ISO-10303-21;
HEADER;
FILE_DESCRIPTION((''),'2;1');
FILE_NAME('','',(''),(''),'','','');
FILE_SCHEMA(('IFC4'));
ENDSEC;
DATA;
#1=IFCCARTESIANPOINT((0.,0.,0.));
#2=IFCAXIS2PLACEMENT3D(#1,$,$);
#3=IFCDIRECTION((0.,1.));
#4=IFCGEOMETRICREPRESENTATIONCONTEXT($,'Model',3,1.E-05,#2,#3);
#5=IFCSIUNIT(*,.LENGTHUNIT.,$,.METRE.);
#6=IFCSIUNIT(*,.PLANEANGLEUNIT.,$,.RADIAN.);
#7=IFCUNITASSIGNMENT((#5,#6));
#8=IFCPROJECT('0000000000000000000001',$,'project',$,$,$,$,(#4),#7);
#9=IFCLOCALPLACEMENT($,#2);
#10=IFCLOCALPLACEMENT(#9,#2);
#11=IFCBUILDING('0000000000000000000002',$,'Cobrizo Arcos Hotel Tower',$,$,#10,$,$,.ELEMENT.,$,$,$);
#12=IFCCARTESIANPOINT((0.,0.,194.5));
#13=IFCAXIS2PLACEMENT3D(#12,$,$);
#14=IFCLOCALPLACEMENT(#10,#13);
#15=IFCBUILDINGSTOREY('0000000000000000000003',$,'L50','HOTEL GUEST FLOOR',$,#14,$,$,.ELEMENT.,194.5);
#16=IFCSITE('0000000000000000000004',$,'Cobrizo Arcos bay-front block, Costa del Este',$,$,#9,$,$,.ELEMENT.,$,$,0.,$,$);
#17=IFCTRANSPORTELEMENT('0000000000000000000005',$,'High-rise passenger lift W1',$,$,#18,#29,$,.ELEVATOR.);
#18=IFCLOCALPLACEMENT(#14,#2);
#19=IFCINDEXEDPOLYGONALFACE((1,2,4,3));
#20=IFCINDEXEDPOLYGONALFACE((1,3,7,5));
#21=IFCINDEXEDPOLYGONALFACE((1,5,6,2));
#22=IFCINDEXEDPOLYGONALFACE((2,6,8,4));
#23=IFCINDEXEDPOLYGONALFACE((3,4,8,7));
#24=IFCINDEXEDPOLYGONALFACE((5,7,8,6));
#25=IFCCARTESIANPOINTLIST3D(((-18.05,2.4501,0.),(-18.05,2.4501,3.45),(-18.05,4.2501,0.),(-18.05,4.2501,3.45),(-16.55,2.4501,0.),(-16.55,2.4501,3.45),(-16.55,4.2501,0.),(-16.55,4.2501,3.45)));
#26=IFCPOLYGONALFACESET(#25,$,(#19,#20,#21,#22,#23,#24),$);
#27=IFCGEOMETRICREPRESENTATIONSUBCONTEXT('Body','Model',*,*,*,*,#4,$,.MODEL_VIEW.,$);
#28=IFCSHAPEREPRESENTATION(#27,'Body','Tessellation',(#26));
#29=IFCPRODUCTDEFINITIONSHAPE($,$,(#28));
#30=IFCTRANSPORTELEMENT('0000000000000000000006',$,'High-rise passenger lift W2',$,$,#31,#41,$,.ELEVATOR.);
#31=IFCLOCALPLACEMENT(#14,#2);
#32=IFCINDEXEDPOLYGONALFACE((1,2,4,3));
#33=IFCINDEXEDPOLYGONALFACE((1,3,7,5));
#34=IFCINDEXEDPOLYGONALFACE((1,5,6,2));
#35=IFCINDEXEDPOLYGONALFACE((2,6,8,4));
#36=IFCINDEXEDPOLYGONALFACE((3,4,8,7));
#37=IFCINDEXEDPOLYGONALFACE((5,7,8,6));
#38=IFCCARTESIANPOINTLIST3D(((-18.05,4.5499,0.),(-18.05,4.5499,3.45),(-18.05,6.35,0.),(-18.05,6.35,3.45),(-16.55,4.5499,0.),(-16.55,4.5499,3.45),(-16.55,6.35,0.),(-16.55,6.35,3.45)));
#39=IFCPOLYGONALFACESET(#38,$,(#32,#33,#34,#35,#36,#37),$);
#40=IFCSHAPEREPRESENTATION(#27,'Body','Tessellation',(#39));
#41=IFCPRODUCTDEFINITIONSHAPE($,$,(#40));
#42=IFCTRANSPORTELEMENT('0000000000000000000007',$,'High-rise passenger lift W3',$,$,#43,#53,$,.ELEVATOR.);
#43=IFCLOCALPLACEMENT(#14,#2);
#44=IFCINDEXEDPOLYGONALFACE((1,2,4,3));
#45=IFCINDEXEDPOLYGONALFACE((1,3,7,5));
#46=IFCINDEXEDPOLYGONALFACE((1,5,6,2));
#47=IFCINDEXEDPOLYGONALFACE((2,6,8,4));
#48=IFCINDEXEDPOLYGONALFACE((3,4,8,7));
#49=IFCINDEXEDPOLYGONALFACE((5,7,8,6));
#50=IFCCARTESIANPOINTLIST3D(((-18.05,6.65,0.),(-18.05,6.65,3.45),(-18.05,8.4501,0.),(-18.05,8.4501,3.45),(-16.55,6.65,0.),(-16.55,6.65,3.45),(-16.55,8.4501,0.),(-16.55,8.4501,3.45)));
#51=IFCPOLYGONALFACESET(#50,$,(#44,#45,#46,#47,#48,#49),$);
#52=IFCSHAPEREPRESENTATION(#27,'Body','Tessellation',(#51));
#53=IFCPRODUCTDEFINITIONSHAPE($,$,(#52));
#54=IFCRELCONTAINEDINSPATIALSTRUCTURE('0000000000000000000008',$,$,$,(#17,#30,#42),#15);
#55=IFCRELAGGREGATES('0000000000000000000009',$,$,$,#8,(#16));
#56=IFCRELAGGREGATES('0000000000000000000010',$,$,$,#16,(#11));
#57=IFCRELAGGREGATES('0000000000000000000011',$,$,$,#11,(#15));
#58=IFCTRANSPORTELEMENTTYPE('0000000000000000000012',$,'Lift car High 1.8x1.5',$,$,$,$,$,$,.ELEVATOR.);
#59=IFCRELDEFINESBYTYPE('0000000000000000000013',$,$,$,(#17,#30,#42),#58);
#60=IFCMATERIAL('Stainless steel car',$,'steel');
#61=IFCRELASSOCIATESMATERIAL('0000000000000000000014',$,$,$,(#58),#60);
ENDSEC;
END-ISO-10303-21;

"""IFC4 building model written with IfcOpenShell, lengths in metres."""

from ifc_helpers import new_model, si_unit, direction, frame, origin, origin_2d, place, context, subcontext, project, spatial, rectangle, extrude, material, type_object, element, save


model = new_model("IFC4")

# Units and contexts
model_context = context("Model", 3, precision=1e-05, world=origin(), true_north=direction((0.0, 1.0)))
body_context = subcontext(model_context, "Body", "Model", "MODEL_VIEW")
ifc_project = project(units=[si_unit("LENGTHUNIT", "METRE"), si_unit("PLANEANGLEUNIT", "RADIAN")], contexts=[model_context])

# Site, building, storey
site_placement = place(None, origin())
site = spatial("IfcSite", under=ifc_project, at=site_placement, Name="Cobrizo Arcos bay-front block, Costa del Este", CompositionType="ELEMENT", RefElevation=0.0)
building_placement = place(site_placement, origin())
building = spatial("IfcBuilding", under=site, at=building_placement, Name="Cobrizo Arcos Hotel Tower", CompositionType="ELEMENT")
storey_placement = place(building_placement, frame((0.0, 0.0, 194.5)))
storey = spatial("IfcBuildingStorey", under=building, at=storey_placement, Name="L50", Description="HOTEL GUEST FLOOR", CompositionType="ELEMENT", Elevation=194.5)

# Transport elements
ifc_material_1 = material(Name="Stainless steel car", Category="steel")
transport_element_type = type_object("IfcTransportElementType", Name="Lift car High 1.8x1.5", PredefinedType="ELEVATOR", material=ifc_material_1)
for number, where, z_axis, x_axis, name in (
    (1, (-17.3, 3.3501, 0.0), (0.0, 0.0, 1.0), (1.0, 0.0, 0.0), "High-rise passenger lift W1"),
    (2, (-17.3, 5.45, 0.0), (0.0, 0.0, 1.0), (1.0, 0.0, 0.0), "High-rise passenger lift W2"),
    (3, (-17.3, 7.55, 0.0), (0.0, 0.0, 1.0), (1.0, 0.0, 0.0), "High-rise passenger lift W3"),
):
    element("IfcTransportElement", number, at=place(storey_placement, frame(where, z_axis=z_axis, x_axis=x_axis)), inside=storey, type_object=transport_element_type, Name=name, PredefinedType="ELEVATOR", context=body_context, shape_type="SweptSolid", body=[
        extrude(rectangle(XDim=1.5, YDim=1.8, at=origin_2d()), origin(), (0.0, 0.0, 1.0), 3.45),
    ])

save(model, "model.ifc")
